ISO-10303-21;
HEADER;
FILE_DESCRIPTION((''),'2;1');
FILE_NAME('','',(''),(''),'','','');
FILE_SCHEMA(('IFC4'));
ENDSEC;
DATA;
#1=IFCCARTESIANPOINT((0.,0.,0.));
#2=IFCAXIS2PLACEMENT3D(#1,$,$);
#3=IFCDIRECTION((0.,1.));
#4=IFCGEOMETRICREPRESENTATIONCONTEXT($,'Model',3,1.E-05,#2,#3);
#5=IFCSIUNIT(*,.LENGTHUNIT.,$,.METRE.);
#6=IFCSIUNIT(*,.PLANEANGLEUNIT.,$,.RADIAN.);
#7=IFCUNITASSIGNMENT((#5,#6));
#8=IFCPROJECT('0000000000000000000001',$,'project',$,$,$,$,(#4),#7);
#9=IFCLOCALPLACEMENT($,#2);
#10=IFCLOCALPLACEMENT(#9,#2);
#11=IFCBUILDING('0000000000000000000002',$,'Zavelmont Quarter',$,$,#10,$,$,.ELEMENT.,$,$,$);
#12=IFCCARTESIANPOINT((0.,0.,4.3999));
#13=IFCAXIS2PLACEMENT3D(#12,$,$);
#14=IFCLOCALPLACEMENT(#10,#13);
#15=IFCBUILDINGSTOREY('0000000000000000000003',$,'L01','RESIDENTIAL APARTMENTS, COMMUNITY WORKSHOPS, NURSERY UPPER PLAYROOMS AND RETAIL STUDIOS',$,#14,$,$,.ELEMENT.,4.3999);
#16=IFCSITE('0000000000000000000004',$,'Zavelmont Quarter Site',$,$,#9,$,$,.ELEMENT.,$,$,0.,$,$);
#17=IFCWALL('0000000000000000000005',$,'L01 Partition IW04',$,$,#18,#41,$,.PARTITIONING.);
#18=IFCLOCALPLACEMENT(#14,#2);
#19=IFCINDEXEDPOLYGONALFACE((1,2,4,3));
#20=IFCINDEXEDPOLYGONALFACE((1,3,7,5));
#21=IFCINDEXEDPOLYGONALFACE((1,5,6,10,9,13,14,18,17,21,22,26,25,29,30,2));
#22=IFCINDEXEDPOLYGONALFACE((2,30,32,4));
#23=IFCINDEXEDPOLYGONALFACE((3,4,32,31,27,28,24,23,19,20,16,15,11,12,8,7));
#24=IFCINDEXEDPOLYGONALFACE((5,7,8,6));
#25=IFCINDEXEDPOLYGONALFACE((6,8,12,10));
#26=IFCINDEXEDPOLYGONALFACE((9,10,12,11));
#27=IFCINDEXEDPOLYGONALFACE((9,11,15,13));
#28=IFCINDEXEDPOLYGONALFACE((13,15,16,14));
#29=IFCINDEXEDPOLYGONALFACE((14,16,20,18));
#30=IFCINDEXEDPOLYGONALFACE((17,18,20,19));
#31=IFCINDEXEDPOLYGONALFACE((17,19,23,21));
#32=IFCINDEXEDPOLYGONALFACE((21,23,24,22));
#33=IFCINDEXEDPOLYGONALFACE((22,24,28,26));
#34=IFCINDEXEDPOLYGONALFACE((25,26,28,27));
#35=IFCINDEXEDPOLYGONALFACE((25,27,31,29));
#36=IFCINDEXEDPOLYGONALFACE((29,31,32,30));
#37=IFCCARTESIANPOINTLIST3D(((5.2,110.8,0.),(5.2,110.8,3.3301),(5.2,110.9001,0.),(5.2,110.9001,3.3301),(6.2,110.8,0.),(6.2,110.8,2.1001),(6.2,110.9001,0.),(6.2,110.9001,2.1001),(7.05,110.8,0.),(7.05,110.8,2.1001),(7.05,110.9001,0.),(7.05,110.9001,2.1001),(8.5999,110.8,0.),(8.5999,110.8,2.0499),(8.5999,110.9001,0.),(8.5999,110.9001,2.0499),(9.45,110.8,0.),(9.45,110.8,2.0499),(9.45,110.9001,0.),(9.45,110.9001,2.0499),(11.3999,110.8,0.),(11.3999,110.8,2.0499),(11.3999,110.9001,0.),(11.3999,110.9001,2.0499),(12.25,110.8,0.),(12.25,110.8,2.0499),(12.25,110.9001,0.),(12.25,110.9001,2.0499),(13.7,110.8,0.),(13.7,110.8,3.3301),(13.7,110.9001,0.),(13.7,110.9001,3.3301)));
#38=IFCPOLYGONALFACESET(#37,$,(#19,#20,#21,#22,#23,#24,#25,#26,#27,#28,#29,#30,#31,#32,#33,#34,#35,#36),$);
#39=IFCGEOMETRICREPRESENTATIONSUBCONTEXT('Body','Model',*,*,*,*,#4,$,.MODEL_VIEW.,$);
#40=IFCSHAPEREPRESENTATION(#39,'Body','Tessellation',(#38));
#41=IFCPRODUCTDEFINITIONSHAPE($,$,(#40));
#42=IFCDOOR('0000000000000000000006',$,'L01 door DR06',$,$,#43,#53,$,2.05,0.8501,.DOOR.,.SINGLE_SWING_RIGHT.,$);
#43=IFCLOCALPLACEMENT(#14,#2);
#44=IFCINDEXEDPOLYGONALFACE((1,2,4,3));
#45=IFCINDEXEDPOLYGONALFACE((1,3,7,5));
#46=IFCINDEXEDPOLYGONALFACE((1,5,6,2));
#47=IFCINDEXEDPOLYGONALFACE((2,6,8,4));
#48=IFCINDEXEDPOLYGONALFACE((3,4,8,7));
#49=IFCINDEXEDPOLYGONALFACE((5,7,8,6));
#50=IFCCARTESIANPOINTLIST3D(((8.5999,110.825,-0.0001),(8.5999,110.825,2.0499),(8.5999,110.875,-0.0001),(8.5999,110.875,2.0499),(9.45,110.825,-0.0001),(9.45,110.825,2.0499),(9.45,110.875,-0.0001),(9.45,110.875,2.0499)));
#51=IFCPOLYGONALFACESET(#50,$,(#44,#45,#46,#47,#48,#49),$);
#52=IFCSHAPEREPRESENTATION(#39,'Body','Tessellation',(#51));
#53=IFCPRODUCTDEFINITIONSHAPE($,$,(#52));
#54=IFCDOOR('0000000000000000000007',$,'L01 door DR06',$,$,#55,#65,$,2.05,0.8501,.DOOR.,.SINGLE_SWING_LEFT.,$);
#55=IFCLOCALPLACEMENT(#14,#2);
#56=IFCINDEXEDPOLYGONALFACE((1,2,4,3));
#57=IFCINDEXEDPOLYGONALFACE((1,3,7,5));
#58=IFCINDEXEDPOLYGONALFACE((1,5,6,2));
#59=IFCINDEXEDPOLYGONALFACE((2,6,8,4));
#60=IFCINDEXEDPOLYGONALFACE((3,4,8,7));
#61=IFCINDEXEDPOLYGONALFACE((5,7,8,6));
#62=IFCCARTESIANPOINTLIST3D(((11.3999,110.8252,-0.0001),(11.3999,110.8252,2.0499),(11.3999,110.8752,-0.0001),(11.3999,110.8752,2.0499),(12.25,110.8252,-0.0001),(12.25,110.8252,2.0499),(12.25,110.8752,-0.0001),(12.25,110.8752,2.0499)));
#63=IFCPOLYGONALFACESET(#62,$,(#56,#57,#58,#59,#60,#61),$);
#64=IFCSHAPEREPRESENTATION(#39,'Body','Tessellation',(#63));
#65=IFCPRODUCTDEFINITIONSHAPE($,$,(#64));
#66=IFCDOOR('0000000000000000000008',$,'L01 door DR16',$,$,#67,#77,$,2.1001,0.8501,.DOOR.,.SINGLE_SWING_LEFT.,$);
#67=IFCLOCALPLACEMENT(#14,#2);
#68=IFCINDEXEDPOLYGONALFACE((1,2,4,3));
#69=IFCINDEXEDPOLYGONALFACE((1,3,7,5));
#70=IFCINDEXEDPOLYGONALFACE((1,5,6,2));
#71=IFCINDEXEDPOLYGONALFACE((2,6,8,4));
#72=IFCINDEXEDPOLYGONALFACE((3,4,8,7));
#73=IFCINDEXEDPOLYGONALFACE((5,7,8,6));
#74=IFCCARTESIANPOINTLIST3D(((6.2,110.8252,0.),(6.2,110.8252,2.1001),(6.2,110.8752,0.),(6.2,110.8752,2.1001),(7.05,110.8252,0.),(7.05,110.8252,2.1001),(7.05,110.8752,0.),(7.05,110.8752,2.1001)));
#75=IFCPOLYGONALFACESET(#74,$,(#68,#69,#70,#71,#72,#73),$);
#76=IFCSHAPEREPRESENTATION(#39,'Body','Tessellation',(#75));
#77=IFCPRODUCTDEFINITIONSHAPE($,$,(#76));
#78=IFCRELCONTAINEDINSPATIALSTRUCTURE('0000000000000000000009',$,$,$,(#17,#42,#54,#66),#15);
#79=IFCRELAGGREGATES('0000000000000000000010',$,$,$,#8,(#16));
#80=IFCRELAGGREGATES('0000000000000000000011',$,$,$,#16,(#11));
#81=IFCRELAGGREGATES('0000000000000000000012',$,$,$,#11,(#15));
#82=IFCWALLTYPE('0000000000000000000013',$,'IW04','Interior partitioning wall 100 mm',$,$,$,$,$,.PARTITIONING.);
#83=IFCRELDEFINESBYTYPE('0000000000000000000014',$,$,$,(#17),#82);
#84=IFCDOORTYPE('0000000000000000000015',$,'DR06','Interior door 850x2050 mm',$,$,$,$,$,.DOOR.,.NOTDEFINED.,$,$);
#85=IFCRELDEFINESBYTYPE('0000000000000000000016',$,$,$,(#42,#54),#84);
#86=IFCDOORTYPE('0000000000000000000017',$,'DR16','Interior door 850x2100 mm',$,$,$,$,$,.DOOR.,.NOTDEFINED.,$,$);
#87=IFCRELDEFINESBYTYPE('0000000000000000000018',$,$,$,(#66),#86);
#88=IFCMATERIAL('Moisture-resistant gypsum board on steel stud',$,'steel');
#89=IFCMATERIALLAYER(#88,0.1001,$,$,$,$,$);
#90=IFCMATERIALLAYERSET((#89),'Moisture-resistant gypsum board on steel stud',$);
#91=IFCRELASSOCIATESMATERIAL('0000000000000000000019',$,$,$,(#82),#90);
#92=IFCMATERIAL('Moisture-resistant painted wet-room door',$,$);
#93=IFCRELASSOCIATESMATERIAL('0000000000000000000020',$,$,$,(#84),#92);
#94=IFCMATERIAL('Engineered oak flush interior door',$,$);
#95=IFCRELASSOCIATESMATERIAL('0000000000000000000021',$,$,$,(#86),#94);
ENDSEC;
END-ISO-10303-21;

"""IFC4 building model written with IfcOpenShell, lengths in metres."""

from ifc_helpers import new_model, si_unit, direction, frame, frame_2d, origin, origin_with_axes, place, context, subcontext, project, spatial, rectangle, extrude, material, layer, layer_set, type_object, element, fill, save


model = new_model("IFC4")

# Units and contexts
model_context = context("Model", 3, precision=1e-05, world=origin(), true_north=direction((0.0, 1.0)))
body_context = subcontext(model_context, "Body", "Model", "MODEL_VIEW")
ifc_project = project(units=[si_unit("LENGTHUNIT", "METRE"), si_unit("PLANEANGLEUNIT", "RADIAN")], contexts=[model_context])

# Site, building, storey
site_placement = place(None, origin())
site = spatial("IfcSite", under=ifc_project, at=site_placement, Name="Zavelmont Quarter Site", CompositionType="ELEMENT", RefElevation=0.0)
building_placement = place(site_placement, origin())
building = spatial("IfcBuilding", under=site, at=building_placement, Name="Zavelmont Quarter", CompositionType="ELEMENT")
storey_placement = place(building_placement, frame((0.0, 0.0, 4.3999)))
storey = spatial("IfcBuildingStorey", under=building, at=storey_placement, Name="L01", Description="RESIDENTIAL APARTMENTS, COMMUNITY WORKSHOPS, NURSERY UPPER PLAYROOMS AND RETAIL STUDIOS", CompositionType="ELEMENT", Elevation=4.3999)

# Wall, openings, doors
ifc_material_1 = material(Name="Engineered oak flush interior door")
ifc_material_2 = material(Name="Moisture-resistant gypsum board on steel stud", Category="steel")
ifc_layer_1 = layer(ifc_material_2, 0.1001)
ifc_layer_set_1 = layer_set([ifc_layer_1], Name="Moisture-resistant gypsum board on steel stud")
wall_type_1 = type_object("IfcWallType", Name="IW04", Description="Interior partitioning wall 100 mm", PredefinedType="PARTITIONING", material=ifc_layer_set_1)
wall_1_placement = place(storey_placement, frame((5.2, 110.8501, 0.0), z_axis=(0.0, 0.0, 1.0), x_axis=(1.0, 0.0, 0.0)))
wall_1 = element("IfcWall", 1, at=wall_1_placement, inside=storey, type_object=wall_type_1, Name="L01 Partition IW04", PredefinedType="PARTITIONING", context=body_context, shape_type="SweptSolid", body=[
    extrude(rectangle(XDim=8.5, YDim=0.1001, at=frame_2d((4.25, 0.0))), origin(), (0.0, 0.0, 1.0), 3.3301),
])
opening_1_placement = place(wall_1_placement, frame((1.0, 0.0, 0.0)))
opening_1 = element("IfcOpeningElement", 2, at=opening_1_placement, cuts=wall_1, PredefinedType="OPENING", context=body_context, shape_type="SweptSolid", body=[
    extrude(rectangle(XDim=0.8501, YDim=2.1001, at=frame_2d((0.425, 1.05))), frame((0.0, 0.062, 0.0), z_axis=(0.0, -1.0, 0.0), x_axis=(1.0, 0.0, 0.0)), (0.0, 0.0, 1.0), 0.124),
])
opening_2_placement = place(wall_1_placement, frame((3.3999, 0.0, 0.0)))
opening_2 = element("IfcOpeningElement", 3, at=opening_2_placement, cuts=wall_1, PredefinedType="OPENING", context=body_context, shape_type="SweptSolid", body=[
    extrude(rectangle(XDim=0.8501, YDim=2.05, at=frame_2d((0.425, 1.0249))), frame((0.0, 0.062, 0.0), z_axis=(0.0, -1.0, 0.0), x_axis=(1.0, 0.0, 0.0)), (0.0, 0.0, 1.0), 0.124),
])
opening_3_placement = place(wall_1_placement, frame((6.2, 0.0, 0.0)))
opening_3 = element("IfcOpeningElement", 4, at=opening_3_placement, cuts=wall_1, PredefinedType="OPENING", context=body_context, shape_type="SweptSolid", body=[
    extrude(rectangle(XDim=0.8501, YDim=2.05, at=frame_2d((0.425, 1.0249))), frame((0.0, 0.062, 0.0), z_axis=(0.0, -1.0, 0.0), x_axis=(1.0, 0.0, 0.0)), (0.0, 0.0, 1.0), 0.124),
])
ifc_material_3 = material(Name="Moisture-resistant painted wet-room door")
door_type_1 = type_object("IfcDoorType", Name="DR06", Description="Interior door 850x2050 mm", OperationType="NOTDEFINED", PredefinedType="DOOR", material=ifc_material_3)
door_1_placement = place(opening_2_placement, origin_with_axes())
door_1 = element("IfcDoor", 5, at=door_1_placement, inside=storey, type_object=door_type_1, Name="L01 door DR06", OperationType="SINGLE_SWING_RIGHT", OverallHeight=2.05, OverallWidth=0.8501, PredefinedType="DOOR", context=body_context, shape_type="SweptSolid", body=[
    extrude(rectangle(XDim=0.8501, YDim=2.05, at=frame_2d((0.425, 1.0249))), frame((0.0, 0.0249, 0.0), z_axis=(0.0, -1.0, 0.0), x_axis=(1.0, 0.0, 0.0)), (0.0, 0.0, 1.0), 0.05),
])
fill(opening_2, door_1)
door_2_placement = place(opening_3_placement, frame((0.8501, 0.0, 0.0), z_axis=(0.0, 0.0, 1.0), x_axis=(-1.0, 0.0, 0.0)))
door_2 = element("IfcDoor", 6, at=door_2_placement, inside=storey, type_object=door_type_1, Name="L01 door DR06", OperationType="SINGLE_SWING_LEFT", OverallHeight=2.05, OverallWidth=0.8501, PredefinedType="DOOR", context=body_context, shape_type="SweptSolid", body=[
    extrude(rectangle(XDim=0.8501, YDim=2.05, at=frame_2d((0.425, 1.0249))), frame((0.0, 0.0249, 0.0), z_axis=(0.0, -1.0, 0.0), x_axis=(1.0, 0.0, 0.0)), (0.0, 0.0, 1.0), 0.05),
])
fill(opening_3, door_2)
door_type_2 = type_object("IfcDoorType", Name="DR16", Description="Interior door 850x2100 mm", OperationType="NOTDEFINED", PredefinedType="DOOR", material=ifc_material_1)
door_3_placement = place(opening_1_placement, frame((0.8501, 0.0, 0.0), z_axis=(0.0, 0.0, 1.0), x_axis=(-1.0, 0.0, 0.0)))
door_3 = element("IfcDoor", 7, at=door_3_placement, inside=storey, type_object=door_type_2, Name="L01 door DR16", OperationType="SINGLE_SWING_LEFT", OverallHeight=2.1001, OverallWidth=0.8501, PredefinedType="DOOR", context=body_context, shape_type="SweptSolid", body=[
    extrude(rectangle(XDim=0.8501, YDim=2.1001, at=frame_2d((0.425, 1.05))), frame((0.0, 0.0249, 0.0), z_axis=(0.0, -1.0, 0.0), x_axis=(1.0, 0.0, 0.0)), (0.0, 0.0, 1.0), 0.05),
])
fill(opening_1, door_3)

save(model, "model.ifc")
